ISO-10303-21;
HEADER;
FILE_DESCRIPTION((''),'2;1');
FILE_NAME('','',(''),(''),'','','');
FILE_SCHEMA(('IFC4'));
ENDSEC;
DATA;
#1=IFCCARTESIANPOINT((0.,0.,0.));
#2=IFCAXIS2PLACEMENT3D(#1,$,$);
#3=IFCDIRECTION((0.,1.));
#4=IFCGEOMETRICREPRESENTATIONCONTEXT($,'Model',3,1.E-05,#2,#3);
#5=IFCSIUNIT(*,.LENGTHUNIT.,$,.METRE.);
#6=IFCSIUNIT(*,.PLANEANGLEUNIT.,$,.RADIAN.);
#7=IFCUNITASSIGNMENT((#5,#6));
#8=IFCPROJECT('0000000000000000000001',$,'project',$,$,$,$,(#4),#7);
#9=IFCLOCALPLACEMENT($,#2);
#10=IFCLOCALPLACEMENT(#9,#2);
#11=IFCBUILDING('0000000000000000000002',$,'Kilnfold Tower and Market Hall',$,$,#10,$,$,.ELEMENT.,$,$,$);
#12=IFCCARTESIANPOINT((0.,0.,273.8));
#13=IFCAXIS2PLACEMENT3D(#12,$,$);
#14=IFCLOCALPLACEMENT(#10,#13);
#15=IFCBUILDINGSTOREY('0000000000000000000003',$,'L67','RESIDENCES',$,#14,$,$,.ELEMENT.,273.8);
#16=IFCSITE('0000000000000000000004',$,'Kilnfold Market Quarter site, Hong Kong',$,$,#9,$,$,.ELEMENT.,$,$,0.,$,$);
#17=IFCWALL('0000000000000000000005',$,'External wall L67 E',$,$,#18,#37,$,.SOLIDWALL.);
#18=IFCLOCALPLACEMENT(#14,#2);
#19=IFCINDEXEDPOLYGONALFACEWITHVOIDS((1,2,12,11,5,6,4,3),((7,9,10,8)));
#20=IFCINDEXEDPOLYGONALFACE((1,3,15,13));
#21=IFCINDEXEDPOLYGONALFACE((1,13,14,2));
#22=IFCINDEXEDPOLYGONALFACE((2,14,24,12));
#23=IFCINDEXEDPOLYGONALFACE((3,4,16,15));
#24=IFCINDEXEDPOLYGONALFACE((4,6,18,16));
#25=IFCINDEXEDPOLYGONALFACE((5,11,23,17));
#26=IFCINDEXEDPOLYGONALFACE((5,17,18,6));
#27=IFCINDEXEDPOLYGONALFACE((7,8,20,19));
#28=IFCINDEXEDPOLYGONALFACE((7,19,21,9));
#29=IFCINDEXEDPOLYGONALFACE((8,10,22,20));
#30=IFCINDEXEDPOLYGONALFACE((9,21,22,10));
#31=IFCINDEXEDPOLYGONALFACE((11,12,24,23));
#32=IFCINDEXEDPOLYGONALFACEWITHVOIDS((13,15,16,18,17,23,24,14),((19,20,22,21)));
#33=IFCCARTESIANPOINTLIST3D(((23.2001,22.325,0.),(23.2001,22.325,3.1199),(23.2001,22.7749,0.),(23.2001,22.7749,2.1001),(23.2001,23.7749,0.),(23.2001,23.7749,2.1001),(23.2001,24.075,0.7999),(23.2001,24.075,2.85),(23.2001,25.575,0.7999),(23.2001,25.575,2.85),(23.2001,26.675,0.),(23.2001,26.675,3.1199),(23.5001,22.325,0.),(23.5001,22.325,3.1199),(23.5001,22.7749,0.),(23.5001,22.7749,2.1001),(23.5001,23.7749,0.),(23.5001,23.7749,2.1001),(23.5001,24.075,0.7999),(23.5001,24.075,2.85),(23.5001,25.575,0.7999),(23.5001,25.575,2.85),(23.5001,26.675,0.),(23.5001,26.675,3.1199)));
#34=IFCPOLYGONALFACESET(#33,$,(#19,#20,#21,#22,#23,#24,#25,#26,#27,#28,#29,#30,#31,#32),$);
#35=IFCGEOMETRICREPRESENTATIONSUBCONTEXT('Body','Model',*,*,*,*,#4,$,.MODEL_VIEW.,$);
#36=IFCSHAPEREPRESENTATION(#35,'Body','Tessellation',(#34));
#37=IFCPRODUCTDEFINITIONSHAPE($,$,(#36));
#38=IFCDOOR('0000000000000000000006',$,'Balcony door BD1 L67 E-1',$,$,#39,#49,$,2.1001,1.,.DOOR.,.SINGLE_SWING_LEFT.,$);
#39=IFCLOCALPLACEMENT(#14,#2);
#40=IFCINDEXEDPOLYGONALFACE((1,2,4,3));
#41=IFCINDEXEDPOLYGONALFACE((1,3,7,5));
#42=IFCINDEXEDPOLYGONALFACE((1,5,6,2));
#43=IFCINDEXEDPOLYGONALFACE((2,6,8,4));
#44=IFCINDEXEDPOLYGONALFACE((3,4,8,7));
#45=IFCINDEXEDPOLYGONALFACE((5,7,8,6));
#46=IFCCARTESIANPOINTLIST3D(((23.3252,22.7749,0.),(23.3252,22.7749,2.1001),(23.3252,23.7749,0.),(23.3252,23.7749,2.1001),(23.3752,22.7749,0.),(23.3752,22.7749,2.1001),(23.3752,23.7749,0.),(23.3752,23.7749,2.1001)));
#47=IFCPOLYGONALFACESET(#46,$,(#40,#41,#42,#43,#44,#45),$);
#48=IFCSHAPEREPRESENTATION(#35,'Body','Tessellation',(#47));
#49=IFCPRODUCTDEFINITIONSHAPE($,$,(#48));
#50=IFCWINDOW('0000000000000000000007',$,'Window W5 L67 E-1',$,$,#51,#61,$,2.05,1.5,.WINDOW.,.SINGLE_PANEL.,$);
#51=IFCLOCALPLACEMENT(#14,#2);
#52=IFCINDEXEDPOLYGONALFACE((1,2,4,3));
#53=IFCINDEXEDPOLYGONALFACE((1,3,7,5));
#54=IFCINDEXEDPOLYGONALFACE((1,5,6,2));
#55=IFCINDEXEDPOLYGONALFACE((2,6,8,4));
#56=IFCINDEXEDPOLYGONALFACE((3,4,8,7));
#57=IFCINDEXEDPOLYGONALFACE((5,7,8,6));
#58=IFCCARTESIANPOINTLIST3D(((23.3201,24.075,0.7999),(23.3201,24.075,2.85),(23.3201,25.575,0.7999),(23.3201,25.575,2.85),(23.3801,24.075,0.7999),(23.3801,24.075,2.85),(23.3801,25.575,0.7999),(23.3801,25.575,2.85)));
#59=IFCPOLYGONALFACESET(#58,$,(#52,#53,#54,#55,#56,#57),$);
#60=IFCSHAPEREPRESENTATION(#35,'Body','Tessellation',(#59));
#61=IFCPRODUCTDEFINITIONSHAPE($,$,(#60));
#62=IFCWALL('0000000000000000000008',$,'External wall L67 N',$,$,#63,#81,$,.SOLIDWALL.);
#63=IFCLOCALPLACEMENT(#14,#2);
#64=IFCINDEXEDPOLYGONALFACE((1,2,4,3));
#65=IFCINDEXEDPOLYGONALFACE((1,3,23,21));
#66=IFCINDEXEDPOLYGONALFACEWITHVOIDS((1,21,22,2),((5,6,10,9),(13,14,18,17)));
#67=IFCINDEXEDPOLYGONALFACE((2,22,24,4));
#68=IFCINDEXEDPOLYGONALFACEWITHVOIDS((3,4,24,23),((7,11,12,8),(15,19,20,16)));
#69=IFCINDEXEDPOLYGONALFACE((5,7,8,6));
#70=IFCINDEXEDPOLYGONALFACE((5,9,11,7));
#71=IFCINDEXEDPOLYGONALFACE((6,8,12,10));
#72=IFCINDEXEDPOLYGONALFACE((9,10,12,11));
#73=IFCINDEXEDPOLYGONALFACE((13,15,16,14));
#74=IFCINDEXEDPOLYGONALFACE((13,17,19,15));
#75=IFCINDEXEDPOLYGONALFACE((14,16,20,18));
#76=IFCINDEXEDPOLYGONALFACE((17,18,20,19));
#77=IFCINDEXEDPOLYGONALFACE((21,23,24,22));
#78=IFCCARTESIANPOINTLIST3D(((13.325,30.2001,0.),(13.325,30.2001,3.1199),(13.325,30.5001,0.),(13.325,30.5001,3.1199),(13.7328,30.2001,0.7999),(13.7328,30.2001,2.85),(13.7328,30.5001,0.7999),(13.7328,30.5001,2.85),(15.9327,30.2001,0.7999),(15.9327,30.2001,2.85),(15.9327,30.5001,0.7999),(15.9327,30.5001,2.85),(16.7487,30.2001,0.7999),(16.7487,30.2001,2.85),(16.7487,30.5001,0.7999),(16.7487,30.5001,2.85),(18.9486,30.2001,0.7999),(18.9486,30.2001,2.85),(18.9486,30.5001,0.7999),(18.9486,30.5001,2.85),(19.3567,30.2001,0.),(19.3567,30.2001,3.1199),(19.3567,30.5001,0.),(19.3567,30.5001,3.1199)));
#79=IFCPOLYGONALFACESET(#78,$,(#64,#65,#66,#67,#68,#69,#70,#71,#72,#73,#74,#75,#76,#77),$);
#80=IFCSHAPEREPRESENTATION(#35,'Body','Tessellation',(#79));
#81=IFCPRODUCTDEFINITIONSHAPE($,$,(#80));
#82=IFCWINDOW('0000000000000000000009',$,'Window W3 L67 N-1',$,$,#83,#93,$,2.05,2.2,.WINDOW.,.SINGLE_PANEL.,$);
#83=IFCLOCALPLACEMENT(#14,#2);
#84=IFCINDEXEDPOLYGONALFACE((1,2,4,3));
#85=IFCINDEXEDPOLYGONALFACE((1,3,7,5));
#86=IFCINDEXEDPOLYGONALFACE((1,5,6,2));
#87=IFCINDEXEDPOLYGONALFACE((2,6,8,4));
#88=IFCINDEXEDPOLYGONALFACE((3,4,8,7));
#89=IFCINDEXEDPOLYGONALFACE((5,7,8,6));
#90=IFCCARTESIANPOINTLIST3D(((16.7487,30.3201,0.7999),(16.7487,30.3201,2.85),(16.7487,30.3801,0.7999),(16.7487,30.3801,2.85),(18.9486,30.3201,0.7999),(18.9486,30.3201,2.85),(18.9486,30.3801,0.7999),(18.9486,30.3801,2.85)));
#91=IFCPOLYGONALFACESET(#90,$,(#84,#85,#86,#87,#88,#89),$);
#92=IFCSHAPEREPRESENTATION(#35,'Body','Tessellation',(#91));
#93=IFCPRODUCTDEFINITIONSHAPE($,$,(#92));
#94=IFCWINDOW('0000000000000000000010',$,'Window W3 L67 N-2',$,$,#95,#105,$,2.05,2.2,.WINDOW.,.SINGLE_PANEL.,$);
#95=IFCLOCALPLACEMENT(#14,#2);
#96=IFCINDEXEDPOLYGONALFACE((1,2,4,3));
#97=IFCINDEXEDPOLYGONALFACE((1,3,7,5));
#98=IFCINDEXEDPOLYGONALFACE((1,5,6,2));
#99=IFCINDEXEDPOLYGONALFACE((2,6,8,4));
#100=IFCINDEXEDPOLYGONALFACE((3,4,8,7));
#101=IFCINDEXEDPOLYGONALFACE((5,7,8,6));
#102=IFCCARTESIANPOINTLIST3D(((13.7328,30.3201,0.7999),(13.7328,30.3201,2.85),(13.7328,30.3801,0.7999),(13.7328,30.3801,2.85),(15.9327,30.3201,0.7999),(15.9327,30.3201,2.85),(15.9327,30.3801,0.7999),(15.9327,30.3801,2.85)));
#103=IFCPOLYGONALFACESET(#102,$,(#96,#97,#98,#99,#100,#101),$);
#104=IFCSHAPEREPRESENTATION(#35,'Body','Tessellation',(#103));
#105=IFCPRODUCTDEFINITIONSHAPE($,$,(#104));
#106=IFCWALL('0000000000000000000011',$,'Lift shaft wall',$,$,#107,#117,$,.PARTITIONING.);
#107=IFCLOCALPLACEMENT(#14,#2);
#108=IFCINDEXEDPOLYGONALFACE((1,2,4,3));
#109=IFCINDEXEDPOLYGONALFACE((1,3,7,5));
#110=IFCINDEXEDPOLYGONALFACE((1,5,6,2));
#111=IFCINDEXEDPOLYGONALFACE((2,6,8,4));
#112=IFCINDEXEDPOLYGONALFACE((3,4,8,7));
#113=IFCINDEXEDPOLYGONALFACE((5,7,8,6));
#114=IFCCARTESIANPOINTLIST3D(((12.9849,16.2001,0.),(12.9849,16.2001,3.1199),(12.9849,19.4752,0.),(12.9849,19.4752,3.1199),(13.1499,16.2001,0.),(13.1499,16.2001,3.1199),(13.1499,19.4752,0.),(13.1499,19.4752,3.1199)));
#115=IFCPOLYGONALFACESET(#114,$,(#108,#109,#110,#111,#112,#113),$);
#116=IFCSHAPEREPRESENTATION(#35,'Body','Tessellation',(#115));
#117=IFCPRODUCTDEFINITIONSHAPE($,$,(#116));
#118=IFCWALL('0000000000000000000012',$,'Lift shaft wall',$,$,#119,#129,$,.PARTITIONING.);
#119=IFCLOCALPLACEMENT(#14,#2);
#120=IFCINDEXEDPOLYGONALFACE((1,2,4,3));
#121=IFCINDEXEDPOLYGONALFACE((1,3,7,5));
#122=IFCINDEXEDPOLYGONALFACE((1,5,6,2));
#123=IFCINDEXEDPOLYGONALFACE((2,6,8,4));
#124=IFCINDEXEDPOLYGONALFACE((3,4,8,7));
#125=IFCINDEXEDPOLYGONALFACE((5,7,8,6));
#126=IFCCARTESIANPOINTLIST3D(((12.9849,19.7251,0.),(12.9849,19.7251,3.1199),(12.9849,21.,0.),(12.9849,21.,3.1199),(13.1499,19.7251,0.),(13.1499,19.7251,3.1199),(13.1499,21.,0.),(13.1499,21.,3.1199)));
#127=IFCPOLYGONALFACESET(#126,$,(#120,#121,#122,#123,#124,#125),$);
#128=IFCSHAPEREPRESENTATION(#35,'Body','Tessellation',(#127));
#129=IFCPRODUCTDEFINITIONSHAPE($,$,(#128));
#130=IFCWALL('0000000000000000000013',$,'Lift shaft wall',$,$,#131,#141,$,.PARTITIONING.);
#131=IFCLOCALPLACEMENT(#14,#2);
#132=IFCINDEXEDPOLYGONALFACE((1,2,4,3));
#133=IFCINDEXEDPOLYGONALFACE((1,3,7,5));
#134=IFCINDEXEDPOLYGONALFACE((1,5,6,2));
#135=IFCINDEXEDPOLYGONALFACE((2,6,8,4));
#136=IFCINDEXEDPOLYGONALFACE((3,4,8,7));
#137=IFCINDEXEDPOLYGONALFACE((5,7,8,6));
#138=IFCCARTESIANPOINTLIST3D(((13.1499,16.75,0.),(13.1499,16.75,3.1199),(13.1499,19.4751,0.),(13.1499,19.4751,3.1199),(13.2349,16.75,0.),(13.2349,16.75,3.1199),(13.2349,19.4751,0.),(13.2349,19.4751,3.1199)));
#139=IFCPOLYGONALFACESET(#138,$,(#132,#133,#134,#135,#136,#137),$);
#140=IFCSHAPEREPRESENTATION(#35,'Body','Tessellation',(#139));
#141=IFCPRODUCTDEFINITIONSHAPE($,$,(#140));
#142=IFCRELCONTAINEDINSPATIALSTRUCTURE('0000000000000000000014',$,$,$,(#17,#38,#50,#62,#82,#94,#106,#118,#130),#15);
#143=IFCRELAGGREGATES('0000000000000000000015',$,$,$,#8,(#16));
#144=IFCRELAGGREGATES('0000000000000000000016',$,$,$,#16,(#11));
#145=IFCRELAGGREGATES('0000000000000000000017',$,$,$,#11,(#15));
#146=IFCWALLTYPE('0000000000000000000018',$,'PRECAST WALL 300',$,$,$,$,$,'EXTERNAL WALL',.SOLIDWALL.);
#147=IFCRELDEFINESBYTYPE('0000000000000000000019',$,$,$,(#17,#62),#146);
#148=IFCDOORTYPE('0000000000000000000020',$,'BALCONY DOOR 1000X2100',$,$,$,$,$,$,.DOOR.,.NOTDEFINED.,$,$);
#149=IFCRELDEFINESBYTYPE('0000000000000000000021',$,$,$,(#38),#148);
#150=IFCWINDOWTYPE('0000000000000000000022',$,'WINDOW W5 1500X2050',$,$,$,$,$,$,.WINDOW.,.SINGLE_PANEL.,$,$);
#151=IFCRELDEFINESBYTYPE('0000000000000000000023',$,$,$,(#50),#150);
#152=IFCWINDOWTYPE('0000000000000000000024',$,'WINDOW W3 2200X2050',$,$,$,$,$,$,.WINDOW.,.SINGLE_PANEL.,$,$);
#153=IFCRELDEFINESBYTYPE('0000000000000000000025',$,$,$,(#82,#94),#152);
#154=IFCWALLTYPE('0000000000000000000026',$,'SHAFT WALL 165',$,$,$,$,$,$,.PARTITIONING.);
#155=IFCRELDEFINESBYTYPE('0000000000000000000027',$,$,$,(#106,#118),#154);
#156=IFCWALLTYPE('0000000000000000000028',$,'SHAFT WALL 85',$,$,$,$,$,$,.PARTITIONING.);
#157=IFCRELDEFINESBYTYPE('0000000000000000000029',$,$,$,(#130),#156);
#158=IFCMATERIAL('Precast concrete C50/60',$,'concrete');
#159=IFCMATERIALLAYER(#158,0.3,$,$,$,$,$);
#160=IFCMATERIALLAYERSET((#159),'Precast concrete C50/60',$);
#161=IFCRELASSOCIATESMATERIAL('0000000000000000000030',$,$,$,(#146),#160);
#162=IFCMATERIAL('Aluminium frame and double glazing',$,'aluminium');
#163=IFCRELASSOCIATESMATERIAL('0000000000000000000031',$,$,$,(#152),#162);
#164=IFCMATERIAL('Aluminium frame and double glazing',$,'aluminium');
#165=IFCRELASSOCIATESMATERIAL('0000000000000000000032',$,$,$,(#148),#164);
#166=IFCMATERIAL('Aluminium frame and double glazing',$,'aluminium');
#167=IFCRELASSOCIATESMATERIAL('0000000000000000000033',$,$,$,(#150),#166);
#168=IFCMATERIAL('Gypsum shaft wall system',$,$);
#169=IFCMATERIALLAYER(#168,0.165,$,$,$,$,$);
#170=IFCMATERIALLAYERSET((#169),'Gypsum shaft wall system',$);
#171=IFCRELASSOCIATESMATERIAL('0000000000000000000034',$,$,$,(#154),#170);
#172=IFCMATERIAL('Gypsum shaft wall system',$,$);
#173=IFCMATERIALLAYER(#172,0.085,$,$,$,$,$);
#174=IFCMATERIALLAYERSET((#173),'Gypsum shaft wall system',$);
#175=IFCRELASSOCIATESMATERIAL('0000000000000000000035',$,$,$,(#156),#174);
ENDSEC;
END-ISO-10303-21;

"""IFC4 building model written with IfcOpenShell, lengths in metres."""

from ifc_helpers import new_model, si_unit, direction, frame, frame_2d, origin, place, context, subcontext, project, spatial, rectangle, extrude, source, transform, mapped, material, layer, layer_set, type_object, element, fill, save


model = new_model("IFC4")

# Units and contexts
model_context = context("Model", 3, precision=1e-05, world=origin(), true_north=direction((0.0, 1.0)))
body_context = subcontext(model_context, "Body", "Model", "MODEL_VIEW")
ifc_project = project(units=[si_unit("LENGTHUNIT", "METRE"), si_unit("PLANEANGLEUNIT", "RADIAN")], contexts=[model_context])

# Site, building, storey
site_placement = place(None, origin())
site = spatial("IfcSite", under=ifc_project, at=site_placement, Name="Kilnfold Market Quarter site, Hong Kong", CompositionType="ELEMENT", RefElevation=0.0)
building_placement = place(site_placement, origin())
building = spatial("IfcBuilding", under=site, at=building_placement, Name="Kilnfold Tower and Market Hall", CompositionType="ELEMENT")
storey_placement = place(building_placement, frame((0.0, 0.0, 273.8)))
storey = spatial("IfcBuildingStorey", under=building, at=storey_placement, Name="L67", Description="RESIDENCES", CompositionType="ELEMENT", Elevation=273.8)

# Shared definitions
ifc_material_1 = material(Name="Precast concrete C50/60", Category="concrete")
ifc_layer_1 = layer(ifc_material_1, 0.3)
ifc_layer_set_1 = layer_set([ifc_layer_1], Name="Precast concrete C50/60")
wall_type_1 = type_object("IfcWallType", Name="PRECAST WALL 300", ElementType="EXTERNAL WALL", PredefinedType="SOLIDWALL", material=ifc_layer_set_1)
ifc_material_2 = material(Name="Aluminium frame and double glazing", Category="aluminium")
window_type_1 = type_object("IfcWindowType", Name="WINDOW W3 2200X2050", PartitioningType="SINGLE_PANEL", PredefinedType="WINDOW", material=ifc_material_2)

# Wall, openings, door, window
shared_shape_1 = source(origin(), body_context, "Body", "SweptSolid", [
    extrude(rectangle(XDim=4.3501, YDim=0.3, at=frame_2d((2.175, 0.0))), origin(), (0.0, 0.0, 1.0), 3.1199),
])
wall_1_placement = place(storey_placement, frame((23.3501, 22.325, 0.0), z_axis=(0.0, 0.0, 1.0), x_axis=(0.0, 1.0, 0.0)))
wall_1 = element("IfcWall", 1, at=wall_1_placement, inside=storey, type_object=wall_type_1, Name="External wall L67 E", PredefinedType="SOLIDWALL", context=body_context, shape_type="MappedRepresentation", body=[
    mapped(shared_shape_1, transform((0.0, 0.0, 0.0))),
])
opening_1_placement = place(wall_1_placement, frame((1.75, 0.0, 0.8)))
opening_1 = element("IfcOpeningElement", 2, at=opening_1_placement, cuts=wall_1, PredefinedType="OPENING", context=body_context, shape_type="SweptSolid", body=[
    extrude(rectangle(XDim=1.5, YDim=2.05, at=frame_2d((0.75, 1.0249))), frame((0.0, 0.1602, 0.0), z_axis=(0.0, -1.0, 0.0), x_axis=(1.0, 0.0, 0.0)), (0.0, 0.0, 1.0), 0.3201),
])
opening_2_placement = place(wall_1_placement, frame((0.45, 0.0, 0.0)))
opening_2 = element("IfcOpeningElement", 3, at=opening_2_placement, cuts=wall_1, PredefinedType="OPENING", context=body_context, shape_type="SweptSolid", body=[
    extrude(rectangle(XDim=1.0, YDim=2.1001, at=frame_2d((0.5, 1.05))), frame((0.0, 0.1602, 0.0), z_axis=(0.0, -1.0, 0.0), x_axis=(1.0, 0.0, 0.0)), (0.0, 0.0, 1.0), 0.3201),
])
ifc_material_3 = material(Name="Aluminium frame and double glazing", Category="aluminium")
door_type = type_object("IfcDoorType", Name="BALCONY DOOR 1000X2100", OperationType="NOTDEFINED", PredefinedType="DOOR", material=ifc_material_3)
door_placement = place(opening_2_placement, origin())
door = element("IfcDoor", 4, at=door_placement, inside=storey, type_object=door_type, Name="Balcony door BD1 L67 E-1", OperationType="SINGLE_SWING_LEFT", OverallHeight=2.1001, OverallWidth=1.0, PredefinedType="DOOR", context=body_context, shape_type="SweptSolid", body=[
    extrude(rectangle(XDim=1.0, YDim=2.1001, at=frame_2d((0.5, 1.05))), frame((0.0, 0.0249, 0.0), z_axis=(0.0, -1.0, 0.0), x_axis=(1.0, 0.0, 0.0)), (0.0, 0.0, 1.0), 0.05),
])
fill(opening_2, door)
ifc_material_4 = material(Name="Aluminium frame and double glazing", Category="aluminium")
window_type_2 = type_object("IfcWindowType", Name="WINDOW W5 1500X2050", PartitioningType="SINGLE_PANEL", PredefinedType="WINDOW", material=ifc_material_4)
window_1_placement = place(opening_1_placement, origin())
window_1 = element("IfcWindow", 5, at=window_1_placement, inside=storey, type_object=window_type_2, Name="Window W5 L67 E-1", OverallHeight=2.05, OverallWidth=1.5, PartitioningType="SINGLE_PANEL", PredefinedType="WINDOW", context=body_context, shape_type="SweptSolid", body=[
    extrude(rectangle(XDim=1.5, YDim=2.05, at=frame_2d((0.75, 1.0249))), frame((0.0, 0.03, 0.0), z_axis=(0.0, -1.0, 0.0), x_axis=(1.0, 0.0, 0.0)), (0.0, 0.0, 1.0), 0.0601),
])
fill(opening_1, window_1)

# Wall, openings, windows
shared_shape_2 = source(origin(), body_context, "Body", "SweptSolid", [
    extrude(rectangle(XDim=6.0317, YDim=0.3, at=frame_2d((3.0159, 0.0))), origin(), (0.0, 0.0, 1.0), 3.1199),
])
wall_2_placement = place(storey_placement, frame((19.3567, 30.3501, 0.0), z_axis=(0.0, 0.0, 1.0), x_axis=(-1.0, 0.0, 0.0)))
wall_2 = element("IfcWall", 6, at=wall_2_placement, inside=storey, type_object=wall_type_1, Name="External wall L67 N", PredefinedType="SOLIDWALL", context=body_context, shape_type="MappedRepresentation", body=[
    mapped(shared_shape_2, transform((0.0, 0.0, 0.0))),
])
opening_3_placement = place(wall_2_placement, frame((0.408, 0.0, 0.8)))
opening_3 = element("IfcOpeningElement", 7, at=opening_3_placement, cuts=wall_2, PredefinedType="OPENING", context=body_context, shape_type="SweptSolid", body=[
    extrude(rectangle(XDim=2.2, YDim=2.05, at=frame_2d((1.1001, 1.0249))), frame((0.0, 0.1602, 0.0), z_axis=(0.0, -1.0, 0.0), x_axis=(1.0, 0.0, 0.0)), (0.0, 0.0, 1.0), 0.3201),
])
opening_4_placement = place(wall_2_placement, frame((3.4238, 0.0, 0.8)))
opening_4 = element("IfcOpeningElement", 8, at=opening_4_placement, cuts=wall_2, PredefinedType="OPENING", context=body_context, shape_type="SweptSolid", body=[
    extrude(rectangle(XDim=2.2, YDim=2.05, at=frame_2d((1.1001, 1.0249))), frame((0.0, 0.1602, 0.0), z_axis=(0.0, -1.0, 0.0), x_axis=(1.0, 0.0, 0.0)), (0.0, 0.0, 1.0), 0.3201),
])
window_2_placement = place(opening_3_placement, origin())
window_2 = element("IfcWindow", 9, at=window_2_placement, inside=storey, type_object=window_type_1, Name="Window W3 L67 N-1", OverallHeight=2.05, OverallWidth=2.2, PartitioningType="SINGLE_PANEL", PredefinedType="WINDOW", context=body_context, shape_type="SweptSolid", body=[
    extrude(rectangle(XDim=2.2, YDim=2.05, at=frame_2d((1.1001, 1.0249))), frame((0.0, 0.03, 0.0), z_axis=(0.0, -1.0, 0.0), x_axis=(1.0, 0.0, 0.0)), (0.0, 0.0, 1.0), 0.0601),
])
fill(opening_3, window_2)
window_3_placement = place(opening_4_placement, origin())
window_3 = element("IfcWindow", 10, at=window_3_placement, inside=storey, type_object=window_type_1, Name="Window W3 L67 N-2", OverallHeight=2.05, OverallWidth=2.2, PartitioningType="SINGLE_PANEL", PredefinedType="WINDOW", context=body_context, shape_type="SweptSolid", body=[
    extrude(rectangle(XDim=2.2, YDim=2.05, at=frame_2d((1.1001, 1.0249))), frame((0.0, 0.03, 0.0), z_axis=(0.0, -1.0, 0.0), x_axis=(1.0, 0.0, 0.0)), (0.0, 0.0, 1.0), 0.0601),
])
fill(opening_4, window_3)

# Walls
ifc_material_5 = material(Name="Gypsum shaft wall system")
ifc_layer_2 = layer(ifc_material_5, 0.165)
ifc_layer_set_2 = layer_set([ifc_layer_2], Name="Gypsum shaft wall system")
wall_type_2 = type_object("IfcWallType", Name="SHAFT WALL 165", PredefinedType="PARTITIONING", material=ifc_layer_set_2)
shared_shape_3 = source(origin(), body_context, "Body", "SweptSolid", [
    extrude(rectangle(XDim=3.2751, YDim=0.165, at=frame_2d((1.6377, 0.0))), origin(), (0.0, 0.0, 1.0), 3.1199),
])
wall_3_placement = place(storey_placement, frame((13.0674, 16.2, 0.0), z_axis=(0.0, 0.0, 1.0), x_axis=(0.0, 1.0, 0.0)))
element("IfcWall", 11, at=wall_3_placement, inside=storey, type_object=wall_type_2, Name="Lift shaft wall", PredefinedType="PARTITIONING", context=body_context, shape_type="MappedRepresentation", body=[
    mapped(shared_shape_3, transform((0.0, 0.0, 0.0))),
])
shared_shape_4 = source(origin(), body_context, "Body", "SweptSolid", [
    extrude(rectangle(XDim=1.2749, YDim=0.165, at=frame_2d((0.6375, 0.0))), origin(), (0.0, 0.0, 1.0), 3.1199),
])
wall_4_placement = place(storey_placement, frame((13.0674, 19.7251, 0.0), z_axis=(0.0, 0.0, 1.0), x_axis=(0.0, 1.0, 0.0)))
element("IfcWall", 12, at=wall_4_placement, inside=storey, type_object=wall_type_2, Name="Lift shaft wall", PredefinedType="PARTITIONING", context=body_context, shape_type="MappedRepresentation", body=[
    mapped(shared_shape_4, transform((0.0, 0.0, 0.0))),
])
ifc_material_6 = material(Name="Gypsum shaft wall system")
ifc_layer_3 = layer(ifc_material_6, 0.085)
ifc_layer_set_3 = layer_set([ifc_layer_3], Name="Gypsum shaft wall system")
wall_type_3 = type_object("IfcWallType", Name="SHAFT WALL 85", PredefinedType="PARTITIONING", material=ifc_layer_set_3)
shared_shape_5 = source(origin(), body_context, "Body", "SweptSolid", [
    extrude(rectangle(XDim=2.7251, YDim=0.085, at=frame_2d((1.3625, 0.0))), origin(), (0.0, 0.0, 1.0), 3.1199),
])
wall_5_placement = place(storey_placement, frame((13.1924, 16.75, 0.0), z_axis=(0.0, 0.0, 1.0), x_axis=(0.0, 1.0, 0.0)))
element("IfcWall", 13, at=wall_5_placement, inside=storey, type_object=wall_type_3, Name="Lift shaft wall", PredefinedType="PARTITIONING", context=body_context, shape_type="MappedRepresentation", body=[
    mapped(shared_shape_5, transform((0.0, 0.0, 0.0))),
])

save(model, "model.ifc")
